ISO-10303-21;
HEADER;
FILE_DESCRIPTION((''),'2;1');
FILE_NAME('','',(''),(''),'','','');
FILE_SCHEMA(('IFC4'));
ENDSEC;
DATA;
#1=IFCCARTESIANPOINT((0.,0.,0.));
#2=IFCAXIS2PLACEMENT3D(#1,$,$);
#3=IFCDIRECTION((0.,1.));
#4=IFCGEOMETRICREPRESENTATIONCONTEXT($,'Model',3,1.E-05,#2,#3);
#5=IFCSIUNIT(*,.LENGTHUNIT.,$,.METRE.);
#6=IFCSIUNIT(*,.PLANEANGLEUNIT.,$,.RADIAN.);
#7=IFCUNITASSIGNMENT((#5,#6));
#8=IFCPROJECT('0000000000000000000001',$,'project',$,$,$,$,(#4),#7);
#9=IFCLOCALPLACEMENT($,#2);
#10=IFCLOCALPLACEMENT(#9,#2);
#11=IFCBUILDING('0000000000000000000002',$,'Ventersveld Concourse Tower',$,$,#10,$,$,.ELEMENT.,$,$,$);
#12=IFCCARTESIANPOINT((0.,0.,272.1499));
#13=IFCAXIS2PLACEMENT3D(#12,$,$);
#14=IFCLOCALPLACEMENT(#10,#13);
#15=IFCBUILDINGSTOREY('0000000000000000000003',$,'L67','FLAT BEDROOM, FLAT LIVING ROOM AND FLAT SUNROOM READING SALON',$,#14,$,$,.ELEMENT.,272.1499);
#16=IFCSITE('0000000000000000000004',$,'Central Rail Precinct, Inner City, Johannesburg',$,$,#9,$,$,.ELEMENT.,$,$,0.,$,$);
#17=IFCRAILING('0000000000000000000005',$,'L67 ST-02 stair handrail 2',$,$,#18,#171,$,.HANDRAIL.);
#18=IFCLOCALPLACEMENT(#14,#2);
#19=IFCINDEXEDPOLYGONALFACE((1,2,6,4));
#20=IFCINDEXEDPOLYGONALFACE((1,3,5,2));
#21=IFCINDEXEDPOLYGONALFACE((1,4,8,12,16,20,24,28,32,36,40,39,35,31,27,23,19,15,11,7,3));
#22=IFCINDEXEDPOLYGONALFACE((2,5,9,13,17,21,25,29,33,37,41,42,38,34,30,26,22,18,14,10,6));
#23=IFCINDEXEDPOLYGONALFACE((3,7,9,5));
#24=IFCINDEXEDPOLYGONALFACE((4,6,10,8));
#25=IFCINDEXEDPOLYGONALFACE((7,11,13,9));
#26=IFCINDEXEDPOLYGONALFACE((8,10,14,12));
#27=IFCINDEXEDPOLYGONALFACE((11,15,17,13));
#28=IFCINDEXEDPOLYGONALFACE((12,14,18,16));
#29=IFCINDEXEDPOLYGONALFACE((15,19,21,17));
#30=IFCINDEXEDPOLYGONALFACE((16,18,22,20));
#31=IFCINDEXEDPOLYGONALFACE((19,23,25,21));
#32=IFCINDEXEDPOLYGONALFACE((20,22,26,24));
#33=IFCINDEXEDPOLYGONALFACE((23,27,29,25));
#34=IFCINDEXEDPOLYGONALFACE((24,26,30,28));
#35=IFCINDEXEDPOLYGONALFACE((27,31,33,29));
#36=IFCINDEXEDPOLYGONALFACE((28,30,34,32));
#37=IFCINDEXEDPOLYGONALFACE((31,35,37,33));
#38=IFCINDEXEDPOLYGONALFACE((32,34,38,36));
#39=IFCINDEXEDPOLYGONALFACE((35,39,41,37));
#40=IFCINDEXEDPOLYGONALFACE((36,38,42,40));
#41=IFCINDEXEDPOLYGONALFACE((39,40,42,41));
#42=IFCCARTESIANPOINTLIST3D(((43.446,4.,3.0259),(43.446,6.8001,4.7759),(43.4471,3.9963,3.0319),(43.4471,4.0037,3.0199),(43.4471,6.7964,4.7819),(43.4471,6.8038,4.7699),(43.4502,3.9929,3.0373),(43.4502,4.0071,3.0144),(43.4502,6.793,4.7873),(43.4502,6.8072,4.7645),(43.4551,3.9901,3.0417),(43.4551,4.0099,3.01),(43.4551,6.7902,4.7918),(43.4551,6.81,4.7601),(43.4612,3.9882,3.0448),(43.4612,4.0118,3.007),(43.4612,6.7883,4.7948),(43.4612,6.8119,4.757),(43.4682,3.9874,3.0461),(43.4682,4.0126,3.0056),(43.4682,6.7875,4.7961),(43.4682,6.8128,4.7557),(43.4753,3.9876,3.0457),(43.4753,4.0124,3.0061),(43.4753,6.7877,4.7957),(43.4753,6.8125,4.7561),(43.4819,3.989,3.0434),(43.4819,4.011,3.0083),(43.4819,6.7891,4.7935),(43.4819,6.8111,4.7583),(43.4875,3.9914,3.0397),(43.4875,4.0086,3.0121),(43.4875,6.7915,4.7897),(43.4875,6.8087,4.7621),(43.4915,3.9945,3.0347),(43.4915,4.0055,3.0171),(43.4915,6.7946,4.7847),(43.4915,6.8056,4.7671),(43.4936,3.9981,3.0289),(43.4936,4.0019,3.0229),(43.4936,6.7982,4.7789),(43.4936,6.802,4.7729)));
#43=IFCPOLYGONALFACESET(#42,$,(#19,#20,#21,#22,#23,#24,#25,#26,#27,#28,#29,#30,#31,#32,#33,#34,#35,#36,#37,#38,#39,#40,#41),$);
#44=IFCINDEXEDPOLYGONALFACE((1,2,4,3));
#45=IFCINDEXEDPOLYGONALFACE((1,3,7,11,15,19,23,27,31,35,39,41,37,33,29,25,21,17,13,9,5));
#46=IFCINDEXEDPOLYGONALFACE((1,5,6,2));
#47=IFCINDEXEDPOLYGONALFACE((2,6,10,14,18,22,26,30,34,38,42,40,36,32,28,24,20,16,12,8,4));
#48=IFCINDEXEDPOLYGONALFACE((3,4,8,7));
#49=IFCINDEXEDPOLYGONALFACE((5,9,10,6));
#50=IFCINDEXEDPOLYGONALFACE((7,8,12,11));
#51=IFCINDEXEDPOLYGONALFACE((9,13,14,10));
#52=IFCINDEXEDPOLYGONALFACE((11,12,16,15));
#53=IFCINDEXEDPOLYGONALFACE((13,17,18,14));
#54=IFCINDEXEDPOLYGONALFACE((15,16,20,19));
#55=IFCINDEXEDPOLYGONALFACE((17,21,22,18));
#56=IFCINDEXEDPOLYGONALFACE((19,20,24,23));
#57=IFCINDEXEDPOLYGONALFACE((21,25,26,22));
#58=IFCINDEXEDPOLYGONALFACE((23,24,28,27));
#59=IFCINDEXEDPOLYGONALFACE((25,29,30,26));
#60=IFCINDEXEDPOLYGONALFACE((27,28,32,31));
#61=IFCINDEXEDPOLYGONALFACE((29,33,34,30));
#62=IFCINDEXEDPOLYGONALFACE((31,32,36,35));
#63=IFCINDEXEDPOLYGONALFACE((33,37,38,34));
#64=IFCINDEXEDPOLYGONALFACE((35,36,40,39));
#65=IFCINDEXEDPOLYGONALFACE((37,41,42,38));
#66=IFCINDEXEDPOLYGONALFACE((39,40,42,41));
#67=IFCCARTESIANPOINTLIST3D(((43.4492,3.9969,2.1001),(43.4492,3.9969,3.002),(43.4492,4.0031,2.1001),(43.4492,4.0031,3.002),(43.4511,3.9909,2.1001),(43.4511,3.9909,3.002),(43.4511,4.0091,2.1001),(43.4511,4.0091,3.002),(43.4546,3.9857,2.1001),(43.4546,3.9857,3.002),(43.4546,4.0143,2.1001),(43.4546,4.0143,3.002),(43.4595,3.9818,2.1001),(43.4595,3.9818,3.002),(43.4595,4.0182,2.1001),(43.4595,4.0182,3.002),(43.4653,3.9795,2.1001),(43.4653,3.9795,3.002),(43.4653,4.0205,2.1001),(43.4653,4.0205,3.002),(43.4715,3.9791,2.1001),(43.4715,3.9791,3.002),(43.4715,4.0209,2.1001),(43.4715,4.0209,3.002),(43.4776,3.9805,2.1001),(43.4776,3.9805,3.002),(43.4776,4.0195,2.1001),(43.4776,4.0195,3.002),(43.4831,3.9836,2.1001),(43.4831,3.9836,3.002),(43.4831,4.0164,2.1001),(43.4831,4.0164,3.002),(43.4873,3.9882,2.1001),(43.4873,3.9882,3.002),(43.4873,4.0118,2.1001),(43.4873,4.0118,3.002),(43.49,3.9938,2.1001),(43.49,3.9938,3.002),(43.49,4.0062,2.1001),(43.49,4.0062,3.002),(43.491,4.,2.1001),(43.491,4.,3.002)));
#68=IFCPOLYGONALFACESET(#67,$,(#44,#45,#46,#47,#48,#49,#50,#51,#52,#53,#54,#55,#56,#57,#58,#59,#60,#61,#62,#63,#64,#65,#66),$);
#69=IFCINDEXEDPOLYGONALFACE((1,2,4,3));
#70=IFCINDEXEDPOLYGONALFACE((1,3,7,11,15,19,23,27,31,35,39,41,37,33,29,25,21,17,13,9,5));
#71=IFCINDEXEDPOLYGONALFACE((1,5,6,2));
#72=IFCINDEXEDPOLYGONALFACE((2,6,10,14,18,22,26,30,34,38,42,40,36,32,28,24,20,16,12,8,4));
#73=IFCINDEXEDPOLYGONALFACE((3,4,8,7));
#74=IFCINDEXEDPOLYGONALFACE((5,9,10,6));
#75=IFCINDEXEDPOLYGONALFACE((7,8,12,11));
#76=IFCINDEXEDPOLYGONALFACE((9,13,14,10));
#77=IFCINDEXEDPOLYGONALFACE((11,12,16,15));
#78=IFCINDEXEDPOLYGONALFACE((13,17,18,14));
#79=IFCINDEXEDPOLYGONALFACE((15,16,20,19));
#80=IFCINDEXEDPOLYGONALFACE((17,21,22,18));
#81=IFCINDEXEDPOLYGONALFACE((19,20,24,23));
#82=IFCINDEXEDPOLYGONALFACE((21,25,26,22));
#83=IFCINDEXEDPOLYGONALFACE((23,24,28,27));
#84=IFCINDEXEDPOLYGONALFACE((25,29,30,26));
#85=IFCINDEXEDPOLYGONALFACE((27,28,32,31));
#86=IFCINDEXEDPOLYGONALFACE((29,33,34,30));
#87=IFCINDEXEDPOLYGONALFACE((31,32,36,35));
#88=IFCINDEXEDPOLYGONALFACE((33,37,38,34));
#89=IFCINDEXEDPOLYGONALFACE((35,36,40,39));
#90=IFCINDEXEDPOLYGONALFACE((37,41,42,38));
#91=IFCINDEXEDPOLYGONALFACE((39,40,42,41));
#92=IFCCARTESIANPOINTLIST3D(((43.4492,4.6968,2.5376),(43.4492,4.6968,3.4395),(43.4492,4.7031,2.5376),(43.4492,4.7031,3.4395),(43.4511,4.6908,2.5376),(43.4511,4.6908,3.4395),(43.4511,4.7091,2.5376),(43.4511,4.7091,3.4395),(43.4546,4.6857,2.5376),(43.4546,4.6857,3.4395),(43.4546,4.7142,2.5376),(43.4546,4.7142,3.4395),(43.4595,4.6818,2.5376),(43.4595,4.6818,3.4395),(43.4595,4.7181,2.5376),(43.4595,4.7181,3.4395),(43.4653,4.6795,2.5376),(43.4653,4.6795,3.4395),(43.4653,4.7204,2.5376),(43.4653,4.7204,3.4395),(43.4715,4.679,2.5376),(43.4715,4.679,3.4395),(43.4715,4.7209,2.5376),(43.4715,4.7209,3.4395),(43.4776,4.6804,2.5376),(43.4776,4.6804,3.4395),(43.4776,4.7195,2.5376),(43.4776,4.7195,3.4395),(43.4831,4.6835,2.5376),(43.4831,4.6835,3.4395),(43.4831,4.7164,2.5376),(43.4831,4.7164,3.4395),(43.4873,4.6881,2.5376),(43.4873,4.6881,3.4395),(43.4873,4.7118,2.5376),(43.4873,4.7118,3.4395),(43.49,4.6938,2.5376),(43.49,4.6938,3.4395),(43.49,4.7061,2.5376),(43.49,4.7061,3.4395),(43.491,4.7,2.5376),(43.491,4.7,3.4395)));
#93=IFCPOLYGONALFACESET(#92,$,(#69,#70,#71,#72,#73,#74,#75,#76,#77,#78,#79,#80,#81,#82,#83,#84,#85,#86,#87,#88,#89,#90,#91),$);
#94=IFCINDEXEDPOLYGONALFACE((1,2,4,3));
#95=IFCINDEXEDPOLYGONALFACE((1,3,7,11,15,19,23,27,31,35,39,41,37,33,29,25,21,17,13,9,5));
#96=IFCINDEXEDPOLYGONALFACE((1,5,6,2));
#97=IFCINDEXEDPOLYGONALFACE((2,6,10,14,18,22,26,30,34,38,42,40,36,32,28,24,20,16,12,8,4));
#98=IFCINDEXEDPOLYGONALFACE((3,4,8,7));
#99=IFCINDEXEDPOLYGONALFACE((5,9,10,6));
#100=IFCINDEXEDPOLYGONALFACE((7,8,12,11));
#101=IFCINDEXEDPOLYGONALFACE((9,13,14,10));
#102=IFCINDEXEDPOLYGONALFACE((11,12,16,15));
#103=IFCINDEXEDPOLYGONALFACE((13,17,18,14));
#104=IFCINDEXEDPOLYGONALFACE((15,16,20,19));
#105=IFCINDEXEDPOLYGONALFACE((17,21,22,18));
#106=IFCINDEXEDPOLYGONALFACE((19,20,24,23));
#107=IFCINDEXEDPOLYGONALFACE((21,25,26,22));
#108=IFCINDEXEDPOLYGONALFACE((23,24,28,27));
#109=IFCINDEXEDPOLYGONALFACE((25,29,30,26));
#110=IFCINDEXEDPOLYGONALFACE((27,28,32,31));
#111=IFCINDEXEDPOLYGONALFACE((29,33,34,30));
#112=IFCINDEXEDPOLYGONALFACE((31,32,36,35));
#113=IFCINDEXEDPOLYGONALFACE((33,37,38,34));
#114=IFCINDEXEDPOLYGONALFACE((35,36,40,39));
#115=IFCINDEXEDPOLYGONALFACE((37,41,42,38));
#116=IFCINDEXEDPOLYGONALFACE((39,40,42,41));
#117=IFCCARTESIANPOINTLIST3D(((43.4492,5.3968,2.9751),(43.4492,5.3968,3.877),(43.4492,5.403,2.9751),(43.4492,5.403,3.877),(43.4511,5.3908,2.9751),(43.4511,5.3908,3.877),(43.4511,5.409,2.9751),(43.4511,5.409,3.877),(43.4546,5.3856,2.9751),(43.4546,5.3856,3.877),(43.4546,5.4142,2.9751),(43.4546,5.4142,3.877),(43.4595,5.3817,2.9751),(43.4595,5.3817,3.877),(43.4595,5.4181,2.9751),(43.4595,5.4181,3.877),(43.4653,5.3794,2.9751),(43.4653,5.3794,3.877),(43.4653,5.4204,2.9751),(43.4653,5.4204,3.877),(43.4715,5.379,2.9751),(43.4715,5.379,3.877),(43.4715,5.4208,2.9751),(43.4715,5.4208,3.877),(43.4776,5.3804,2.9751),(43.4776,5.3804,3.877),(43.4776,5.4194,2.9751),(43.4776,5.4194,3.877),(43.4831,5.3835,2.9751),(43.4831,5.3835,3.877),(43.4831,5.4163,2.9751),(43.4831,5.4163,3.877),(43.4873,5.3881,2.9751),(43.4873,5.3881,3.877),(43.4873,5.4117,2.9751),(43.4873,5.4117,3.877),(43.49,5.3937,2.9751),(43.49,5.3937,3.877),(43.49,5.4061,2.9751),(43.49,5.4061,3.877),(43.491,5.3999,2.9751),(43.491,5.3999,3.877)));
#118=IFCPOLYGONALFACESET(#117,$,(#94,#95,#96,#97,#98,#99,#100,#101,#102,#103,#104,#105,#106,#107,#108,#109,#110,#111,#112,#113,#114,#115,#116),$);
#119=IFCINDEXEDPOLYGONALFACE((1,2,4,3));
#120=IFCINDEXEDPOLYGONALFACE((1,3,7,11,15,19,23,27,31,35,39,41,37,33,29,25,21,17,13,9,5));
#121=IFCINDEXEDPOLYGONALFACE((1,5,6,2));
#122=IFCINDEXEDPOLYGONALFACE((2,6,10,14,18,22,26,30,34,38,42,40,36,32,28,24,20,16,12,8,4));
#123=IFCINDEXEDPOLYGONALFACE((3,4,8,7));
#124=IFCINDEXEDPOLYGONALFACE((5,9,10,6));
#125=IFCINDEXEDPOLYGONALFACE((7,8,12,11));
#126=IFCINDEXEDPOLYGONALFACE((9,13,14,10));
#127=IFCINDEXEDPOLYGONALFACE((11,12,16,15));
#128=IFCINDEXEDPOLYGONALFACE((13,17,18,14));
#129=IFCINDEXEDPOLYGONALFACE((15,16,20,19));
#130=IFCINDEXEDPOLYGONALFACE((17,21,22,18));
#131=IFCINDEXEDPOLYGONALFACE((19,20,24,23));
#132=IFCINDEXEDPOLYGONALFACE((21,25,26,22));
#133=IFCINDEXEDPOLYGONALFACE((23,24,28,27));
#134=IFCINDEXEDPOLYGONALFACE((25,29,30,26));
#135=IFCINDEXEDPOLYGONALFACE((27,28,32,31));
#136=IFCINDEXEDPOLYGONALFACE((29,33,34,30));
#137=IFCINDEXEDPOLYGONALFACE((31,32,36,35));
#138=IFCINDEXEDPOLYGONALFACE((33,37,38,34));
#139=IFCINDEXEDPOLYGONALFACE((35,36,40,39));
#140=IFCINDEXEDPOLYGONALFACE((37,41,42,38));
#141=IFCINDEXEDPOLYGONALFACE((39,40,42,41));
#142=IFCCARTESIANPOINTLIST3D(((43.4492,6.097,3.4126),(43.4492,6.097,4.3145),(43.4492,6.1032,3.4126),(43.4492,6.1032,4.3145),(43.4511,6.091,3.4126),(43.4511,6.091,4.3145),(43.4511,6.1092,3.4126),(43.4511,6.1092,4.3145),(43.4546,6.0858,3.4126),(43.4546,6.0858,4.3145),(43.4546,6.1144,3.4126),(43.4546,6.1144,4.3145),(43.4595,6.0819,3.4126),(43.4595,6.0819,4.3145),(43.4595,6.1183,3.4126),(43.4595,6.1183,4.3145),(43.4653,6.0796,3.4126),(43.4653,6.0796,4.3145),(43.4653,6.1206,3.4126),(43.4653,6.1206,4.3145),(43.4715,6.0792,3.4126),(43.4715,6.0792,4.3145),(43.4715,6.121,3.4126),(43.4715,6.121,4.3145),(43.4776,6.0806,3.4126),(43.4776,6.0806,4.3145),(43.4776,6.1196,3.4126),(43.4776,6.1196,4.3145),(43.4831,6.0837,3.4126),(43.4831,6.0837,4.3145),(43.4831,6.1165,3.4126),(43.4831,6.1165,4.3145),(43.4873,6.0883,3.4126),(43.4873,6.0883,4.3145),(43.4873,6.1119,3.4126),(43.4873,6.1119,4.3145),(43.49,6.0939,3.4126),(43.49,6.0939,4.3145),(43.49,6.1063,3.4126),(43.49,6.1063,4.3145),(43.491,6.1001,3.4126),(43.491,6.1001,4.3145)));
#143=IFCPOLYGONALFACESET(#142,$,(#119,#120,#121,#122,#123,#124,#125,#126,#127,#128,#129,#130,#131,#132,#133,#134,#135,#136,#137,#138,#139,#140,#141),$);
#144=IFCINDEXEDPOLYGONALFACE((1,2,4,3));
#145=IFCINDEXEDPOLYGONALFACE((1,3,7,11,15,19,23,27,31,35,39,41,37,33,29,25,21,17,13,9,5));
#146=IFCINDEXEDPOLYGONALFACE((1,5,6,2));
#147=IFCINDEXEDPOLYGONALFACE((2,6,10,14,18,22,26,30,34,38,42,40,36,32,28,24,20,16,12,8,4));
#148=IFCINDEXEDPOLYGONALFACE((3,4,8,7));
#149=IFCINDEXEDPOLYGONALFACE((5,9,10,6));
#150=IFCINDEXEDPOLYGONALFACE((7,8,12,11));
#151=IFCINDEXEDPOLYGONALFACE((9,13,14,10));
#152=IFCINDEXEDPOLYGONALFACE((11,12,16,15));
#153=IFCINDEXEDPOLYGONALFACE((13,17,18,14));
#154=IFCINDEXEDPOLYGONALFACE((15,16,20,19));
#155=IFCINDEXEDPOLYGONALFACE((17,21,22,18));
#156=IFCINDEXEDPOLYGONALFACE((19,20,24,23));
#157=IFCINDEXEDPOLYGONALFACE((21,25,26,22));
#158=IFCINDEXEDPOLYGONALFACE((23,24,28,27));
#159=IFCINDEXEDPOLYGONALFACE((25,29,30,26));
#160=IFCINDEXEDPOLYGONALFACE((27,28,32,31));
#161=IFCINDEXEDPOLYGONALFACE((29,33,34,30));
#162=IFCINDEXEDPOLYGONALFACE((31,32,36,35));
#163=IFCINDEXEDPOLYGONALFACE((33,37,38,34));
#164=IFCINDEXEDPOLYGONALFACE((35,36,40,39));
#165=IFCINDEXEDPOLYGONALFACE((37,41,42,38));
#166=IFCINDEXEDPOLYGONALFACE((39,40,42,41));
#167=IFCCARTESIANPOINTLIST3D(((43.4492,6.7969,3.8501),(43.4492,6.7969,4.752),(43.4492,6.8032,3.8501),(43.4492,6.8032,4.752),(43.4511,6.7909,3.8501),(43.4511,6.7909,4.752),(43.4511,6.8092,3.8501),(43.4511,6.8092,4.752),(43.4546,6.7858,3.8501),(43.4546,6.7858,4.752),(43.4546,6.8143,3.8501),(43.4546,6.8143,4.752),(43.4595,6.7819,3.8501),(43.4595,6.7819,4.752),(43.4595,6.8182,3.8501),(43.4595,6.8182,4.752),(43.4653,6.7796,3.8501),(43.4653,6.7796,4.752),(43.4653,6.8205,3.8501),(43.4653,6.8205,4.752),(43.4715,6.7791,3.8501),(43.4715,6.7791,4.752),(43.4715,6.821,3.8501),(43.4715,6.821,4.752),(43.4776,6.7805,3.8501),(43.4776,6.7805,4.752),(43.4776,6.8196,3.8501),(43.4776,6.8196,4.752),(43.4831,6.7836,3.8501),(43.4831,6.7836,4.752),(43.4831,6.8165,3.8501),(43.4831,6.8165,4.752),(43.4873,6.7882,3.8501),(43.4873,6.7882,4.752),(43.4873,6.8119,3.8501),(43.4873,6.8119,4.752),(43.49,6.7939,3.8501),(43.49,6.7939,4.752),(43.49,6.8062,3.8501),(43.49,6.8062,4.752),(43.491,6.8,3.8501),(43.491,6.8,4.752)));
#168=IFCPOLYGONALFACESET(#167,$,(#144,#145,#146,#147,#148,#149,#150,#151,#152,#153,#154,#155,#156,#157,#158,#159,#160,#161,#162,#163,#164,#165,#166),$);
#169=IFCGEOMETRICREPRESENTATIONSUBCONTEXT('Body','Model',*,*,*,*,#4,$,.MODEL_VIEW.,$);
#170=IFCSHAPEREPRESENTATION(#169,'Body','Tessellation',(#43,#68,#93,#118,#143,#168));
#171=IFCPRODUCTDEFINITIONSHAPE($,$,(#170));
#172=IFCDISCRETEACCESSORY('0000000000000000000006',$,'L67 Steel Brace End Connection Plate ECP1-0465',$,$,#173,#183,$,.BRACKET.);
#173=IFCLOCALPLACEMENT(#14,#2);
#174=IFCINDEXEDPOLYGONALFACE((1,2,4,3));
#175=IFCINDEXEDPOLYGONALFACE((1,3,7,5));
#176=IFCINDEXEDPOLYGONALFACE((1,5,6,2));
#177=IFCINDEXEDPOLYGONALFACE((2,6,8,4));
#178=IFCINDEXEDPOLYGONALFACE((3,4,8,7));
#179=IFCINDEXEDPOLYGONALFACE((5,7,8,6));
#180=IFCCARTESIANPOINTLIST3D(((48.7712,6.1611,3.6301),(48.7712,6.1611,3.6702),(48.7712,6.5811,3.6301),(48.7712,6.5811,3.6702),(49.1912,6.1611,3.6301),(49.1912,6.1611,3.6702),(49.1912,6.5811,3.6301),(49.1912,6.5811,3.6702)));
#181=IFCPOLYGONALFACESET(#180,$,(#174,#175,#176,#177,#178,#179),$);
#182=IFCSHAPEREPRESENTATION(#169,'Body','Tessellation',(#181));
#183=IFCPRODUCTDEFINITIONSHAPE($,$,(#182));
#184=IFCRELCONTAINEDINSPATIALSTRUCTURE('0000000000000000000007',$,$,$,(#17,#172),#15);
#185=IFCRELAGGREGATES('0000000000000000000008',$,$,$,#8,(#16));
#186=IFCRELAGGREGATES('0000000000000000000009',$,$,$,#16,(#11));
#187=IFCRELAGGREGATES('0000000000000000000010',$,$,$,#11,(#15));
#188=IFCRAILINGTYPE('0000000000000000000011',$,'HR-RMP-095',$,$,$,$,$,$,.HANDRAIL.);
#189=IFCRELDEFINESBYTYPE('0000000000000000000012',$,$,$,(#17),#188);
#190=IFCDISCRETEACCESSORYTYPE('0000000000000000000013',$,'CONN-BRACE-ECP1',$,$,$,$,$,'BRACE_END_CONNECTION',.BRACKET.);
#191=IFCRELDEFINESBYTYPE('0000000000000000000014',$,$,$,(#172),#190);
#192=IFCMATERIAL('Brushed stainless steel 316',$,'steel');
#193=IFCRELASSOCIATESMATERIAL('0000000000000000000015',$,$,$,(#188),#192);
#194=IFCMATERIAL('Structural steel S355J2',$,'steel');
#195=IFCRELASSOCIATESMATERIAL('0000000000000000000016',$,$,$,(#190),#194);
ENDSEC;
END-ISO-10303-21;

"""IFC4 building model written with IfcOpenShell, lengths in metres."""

from ifc_helpers import new_model, si_unit, direction, frame, origin, origin_2d, place, context, subcontext, project, spatial, rectangle, circle, extrude, material, type_object, element, save


model = new_model("IFC4")

# Units and contexts
model_context = context("Model", 3, precision=1e-05, world=origin(), true_north=direction((0.0, 1.0)))
body_context = subcontext(model_context, "Body", "Model", "MODEL_VIEW")
ifc_project = project(units=[si_unit("LENGTHUNIT", "METRE"), si_unit("PLANEANGLEUNIT", "RADIAN")], contexts=[model_context])

# Site, building, storey
site_placement = place(None, origin())
site = spatial("IfcSite", under=ifc_project, at=site_placement, Name="Central Rail Precinct, Inner City, Johannesburg", CompositionType="ELEMENT", RefElevation=0.0)
building_placement = place(site_placement, origin())
building = spatial("IfcBuilding", under=site, at=building_placement, Name="Ventersveld Concourse Tower", CompositionType="ELEMENT")
storey_placement = place(building_placement, frame((0.0, 0.0, 272.1499)))
storey = spatial("IfcBuildingStorey", under=building, at=storey_placement, Name="L67", Description="FLAT BEDROOM, FLAT LIVING ROOM AND FLAT SUNROOM READING SALON", CompositionType="ELEMENT", Elevation=272.1499)

# Shared definitions
ifc_material_1 = material(Name="Structural steel S355J2", Category="steel")

# Railing
ifc_material_2 = material(Name="Brushed stainless steel 316", Category="steel")
railing_type_1 = type_object("IfcRailingType", Name="HR-RMP-095", PredefinedType="HANDRAIL", material=ifc_material_2)
railing_1_placement = place(storey_placement, frame((43.47, 4.0, 2.1001)))
element("IfcRailing", 1, at=railing_1_placement, inside=storey, type_object=railing_type_1, Name="L67 ST-02 stair handrail 2", PredefinedType="HANDRAIL", context=body_context, shape_type="SweptSolid", body=[
    extrude(circle(Radius=0.0239, at=origin_2d()), frame((0.0, 0.0, 0.9258), z_axis=(0.0, 0.848002, 0.529992), x_axis=(-1.0, 0.0, 0.0)), (0.0, 0.0, 1.0), 3.302),
    extrude(circle(Radius=0.021, at=origin_2d()), origin(), (0.0, 0.0, 1.0), 0.9019),
    extrude(circle(Radius=0.021, at=origin_2d()), frame((0.0, 0.7, 0.4375)), (0.0, 0.0, 1.0), 0.9019),
    extrude(circle(Radius=0.021, at=origin_2d()), frame((0.0, 1.3999, 0.875)), (0.0, 0.0, 1.0), 0.9019),
    extrude(circle(Radius=0.021, at=origin_2d()), frame((0.0, 2.1001, 1.3125)), (0.0, 0.0, 1.0), 0.9019),
    extrude(circle(Radius=0.021, at=origin_2d()), frame((0.0, 2.8, 1.75)), (0.0, 0.0, 1.0), 0.9019),
])

# Discrete accessory
discrete_accessory_type = type_object("IfcDiscreteAccessoryType", Name="CONN-BRACE-ECP1", ElementType="BRACE_END_CONNECTION", PredefinedType="BRACKET", material=ifc_material_1)
discrete_accessory_placement = place(storey_placement, frame((48.9812, 6.3711, 3.6301), z_axis=(0.0, 0.0, 1.0), x_axis=(1.0, 0.0, 0.0)))
element("IfcDiscreteAccessory", 2, at=discrete_accessory_placement, inside=storey, type_object=discrete_accessory_type, Name="L67 Steel Brace End Connection Plate ECP1-0465", PredefinedType="BRACKET", context=body_context, shape_type="SweptSolid", body=[
    extrude(rectangle(XDim=0.4199, YDim=0.4199, at=origin_2d()), origin(), (0.0, 0.0, 1.0), 0.04),
])

save(model, "model.ifc")
